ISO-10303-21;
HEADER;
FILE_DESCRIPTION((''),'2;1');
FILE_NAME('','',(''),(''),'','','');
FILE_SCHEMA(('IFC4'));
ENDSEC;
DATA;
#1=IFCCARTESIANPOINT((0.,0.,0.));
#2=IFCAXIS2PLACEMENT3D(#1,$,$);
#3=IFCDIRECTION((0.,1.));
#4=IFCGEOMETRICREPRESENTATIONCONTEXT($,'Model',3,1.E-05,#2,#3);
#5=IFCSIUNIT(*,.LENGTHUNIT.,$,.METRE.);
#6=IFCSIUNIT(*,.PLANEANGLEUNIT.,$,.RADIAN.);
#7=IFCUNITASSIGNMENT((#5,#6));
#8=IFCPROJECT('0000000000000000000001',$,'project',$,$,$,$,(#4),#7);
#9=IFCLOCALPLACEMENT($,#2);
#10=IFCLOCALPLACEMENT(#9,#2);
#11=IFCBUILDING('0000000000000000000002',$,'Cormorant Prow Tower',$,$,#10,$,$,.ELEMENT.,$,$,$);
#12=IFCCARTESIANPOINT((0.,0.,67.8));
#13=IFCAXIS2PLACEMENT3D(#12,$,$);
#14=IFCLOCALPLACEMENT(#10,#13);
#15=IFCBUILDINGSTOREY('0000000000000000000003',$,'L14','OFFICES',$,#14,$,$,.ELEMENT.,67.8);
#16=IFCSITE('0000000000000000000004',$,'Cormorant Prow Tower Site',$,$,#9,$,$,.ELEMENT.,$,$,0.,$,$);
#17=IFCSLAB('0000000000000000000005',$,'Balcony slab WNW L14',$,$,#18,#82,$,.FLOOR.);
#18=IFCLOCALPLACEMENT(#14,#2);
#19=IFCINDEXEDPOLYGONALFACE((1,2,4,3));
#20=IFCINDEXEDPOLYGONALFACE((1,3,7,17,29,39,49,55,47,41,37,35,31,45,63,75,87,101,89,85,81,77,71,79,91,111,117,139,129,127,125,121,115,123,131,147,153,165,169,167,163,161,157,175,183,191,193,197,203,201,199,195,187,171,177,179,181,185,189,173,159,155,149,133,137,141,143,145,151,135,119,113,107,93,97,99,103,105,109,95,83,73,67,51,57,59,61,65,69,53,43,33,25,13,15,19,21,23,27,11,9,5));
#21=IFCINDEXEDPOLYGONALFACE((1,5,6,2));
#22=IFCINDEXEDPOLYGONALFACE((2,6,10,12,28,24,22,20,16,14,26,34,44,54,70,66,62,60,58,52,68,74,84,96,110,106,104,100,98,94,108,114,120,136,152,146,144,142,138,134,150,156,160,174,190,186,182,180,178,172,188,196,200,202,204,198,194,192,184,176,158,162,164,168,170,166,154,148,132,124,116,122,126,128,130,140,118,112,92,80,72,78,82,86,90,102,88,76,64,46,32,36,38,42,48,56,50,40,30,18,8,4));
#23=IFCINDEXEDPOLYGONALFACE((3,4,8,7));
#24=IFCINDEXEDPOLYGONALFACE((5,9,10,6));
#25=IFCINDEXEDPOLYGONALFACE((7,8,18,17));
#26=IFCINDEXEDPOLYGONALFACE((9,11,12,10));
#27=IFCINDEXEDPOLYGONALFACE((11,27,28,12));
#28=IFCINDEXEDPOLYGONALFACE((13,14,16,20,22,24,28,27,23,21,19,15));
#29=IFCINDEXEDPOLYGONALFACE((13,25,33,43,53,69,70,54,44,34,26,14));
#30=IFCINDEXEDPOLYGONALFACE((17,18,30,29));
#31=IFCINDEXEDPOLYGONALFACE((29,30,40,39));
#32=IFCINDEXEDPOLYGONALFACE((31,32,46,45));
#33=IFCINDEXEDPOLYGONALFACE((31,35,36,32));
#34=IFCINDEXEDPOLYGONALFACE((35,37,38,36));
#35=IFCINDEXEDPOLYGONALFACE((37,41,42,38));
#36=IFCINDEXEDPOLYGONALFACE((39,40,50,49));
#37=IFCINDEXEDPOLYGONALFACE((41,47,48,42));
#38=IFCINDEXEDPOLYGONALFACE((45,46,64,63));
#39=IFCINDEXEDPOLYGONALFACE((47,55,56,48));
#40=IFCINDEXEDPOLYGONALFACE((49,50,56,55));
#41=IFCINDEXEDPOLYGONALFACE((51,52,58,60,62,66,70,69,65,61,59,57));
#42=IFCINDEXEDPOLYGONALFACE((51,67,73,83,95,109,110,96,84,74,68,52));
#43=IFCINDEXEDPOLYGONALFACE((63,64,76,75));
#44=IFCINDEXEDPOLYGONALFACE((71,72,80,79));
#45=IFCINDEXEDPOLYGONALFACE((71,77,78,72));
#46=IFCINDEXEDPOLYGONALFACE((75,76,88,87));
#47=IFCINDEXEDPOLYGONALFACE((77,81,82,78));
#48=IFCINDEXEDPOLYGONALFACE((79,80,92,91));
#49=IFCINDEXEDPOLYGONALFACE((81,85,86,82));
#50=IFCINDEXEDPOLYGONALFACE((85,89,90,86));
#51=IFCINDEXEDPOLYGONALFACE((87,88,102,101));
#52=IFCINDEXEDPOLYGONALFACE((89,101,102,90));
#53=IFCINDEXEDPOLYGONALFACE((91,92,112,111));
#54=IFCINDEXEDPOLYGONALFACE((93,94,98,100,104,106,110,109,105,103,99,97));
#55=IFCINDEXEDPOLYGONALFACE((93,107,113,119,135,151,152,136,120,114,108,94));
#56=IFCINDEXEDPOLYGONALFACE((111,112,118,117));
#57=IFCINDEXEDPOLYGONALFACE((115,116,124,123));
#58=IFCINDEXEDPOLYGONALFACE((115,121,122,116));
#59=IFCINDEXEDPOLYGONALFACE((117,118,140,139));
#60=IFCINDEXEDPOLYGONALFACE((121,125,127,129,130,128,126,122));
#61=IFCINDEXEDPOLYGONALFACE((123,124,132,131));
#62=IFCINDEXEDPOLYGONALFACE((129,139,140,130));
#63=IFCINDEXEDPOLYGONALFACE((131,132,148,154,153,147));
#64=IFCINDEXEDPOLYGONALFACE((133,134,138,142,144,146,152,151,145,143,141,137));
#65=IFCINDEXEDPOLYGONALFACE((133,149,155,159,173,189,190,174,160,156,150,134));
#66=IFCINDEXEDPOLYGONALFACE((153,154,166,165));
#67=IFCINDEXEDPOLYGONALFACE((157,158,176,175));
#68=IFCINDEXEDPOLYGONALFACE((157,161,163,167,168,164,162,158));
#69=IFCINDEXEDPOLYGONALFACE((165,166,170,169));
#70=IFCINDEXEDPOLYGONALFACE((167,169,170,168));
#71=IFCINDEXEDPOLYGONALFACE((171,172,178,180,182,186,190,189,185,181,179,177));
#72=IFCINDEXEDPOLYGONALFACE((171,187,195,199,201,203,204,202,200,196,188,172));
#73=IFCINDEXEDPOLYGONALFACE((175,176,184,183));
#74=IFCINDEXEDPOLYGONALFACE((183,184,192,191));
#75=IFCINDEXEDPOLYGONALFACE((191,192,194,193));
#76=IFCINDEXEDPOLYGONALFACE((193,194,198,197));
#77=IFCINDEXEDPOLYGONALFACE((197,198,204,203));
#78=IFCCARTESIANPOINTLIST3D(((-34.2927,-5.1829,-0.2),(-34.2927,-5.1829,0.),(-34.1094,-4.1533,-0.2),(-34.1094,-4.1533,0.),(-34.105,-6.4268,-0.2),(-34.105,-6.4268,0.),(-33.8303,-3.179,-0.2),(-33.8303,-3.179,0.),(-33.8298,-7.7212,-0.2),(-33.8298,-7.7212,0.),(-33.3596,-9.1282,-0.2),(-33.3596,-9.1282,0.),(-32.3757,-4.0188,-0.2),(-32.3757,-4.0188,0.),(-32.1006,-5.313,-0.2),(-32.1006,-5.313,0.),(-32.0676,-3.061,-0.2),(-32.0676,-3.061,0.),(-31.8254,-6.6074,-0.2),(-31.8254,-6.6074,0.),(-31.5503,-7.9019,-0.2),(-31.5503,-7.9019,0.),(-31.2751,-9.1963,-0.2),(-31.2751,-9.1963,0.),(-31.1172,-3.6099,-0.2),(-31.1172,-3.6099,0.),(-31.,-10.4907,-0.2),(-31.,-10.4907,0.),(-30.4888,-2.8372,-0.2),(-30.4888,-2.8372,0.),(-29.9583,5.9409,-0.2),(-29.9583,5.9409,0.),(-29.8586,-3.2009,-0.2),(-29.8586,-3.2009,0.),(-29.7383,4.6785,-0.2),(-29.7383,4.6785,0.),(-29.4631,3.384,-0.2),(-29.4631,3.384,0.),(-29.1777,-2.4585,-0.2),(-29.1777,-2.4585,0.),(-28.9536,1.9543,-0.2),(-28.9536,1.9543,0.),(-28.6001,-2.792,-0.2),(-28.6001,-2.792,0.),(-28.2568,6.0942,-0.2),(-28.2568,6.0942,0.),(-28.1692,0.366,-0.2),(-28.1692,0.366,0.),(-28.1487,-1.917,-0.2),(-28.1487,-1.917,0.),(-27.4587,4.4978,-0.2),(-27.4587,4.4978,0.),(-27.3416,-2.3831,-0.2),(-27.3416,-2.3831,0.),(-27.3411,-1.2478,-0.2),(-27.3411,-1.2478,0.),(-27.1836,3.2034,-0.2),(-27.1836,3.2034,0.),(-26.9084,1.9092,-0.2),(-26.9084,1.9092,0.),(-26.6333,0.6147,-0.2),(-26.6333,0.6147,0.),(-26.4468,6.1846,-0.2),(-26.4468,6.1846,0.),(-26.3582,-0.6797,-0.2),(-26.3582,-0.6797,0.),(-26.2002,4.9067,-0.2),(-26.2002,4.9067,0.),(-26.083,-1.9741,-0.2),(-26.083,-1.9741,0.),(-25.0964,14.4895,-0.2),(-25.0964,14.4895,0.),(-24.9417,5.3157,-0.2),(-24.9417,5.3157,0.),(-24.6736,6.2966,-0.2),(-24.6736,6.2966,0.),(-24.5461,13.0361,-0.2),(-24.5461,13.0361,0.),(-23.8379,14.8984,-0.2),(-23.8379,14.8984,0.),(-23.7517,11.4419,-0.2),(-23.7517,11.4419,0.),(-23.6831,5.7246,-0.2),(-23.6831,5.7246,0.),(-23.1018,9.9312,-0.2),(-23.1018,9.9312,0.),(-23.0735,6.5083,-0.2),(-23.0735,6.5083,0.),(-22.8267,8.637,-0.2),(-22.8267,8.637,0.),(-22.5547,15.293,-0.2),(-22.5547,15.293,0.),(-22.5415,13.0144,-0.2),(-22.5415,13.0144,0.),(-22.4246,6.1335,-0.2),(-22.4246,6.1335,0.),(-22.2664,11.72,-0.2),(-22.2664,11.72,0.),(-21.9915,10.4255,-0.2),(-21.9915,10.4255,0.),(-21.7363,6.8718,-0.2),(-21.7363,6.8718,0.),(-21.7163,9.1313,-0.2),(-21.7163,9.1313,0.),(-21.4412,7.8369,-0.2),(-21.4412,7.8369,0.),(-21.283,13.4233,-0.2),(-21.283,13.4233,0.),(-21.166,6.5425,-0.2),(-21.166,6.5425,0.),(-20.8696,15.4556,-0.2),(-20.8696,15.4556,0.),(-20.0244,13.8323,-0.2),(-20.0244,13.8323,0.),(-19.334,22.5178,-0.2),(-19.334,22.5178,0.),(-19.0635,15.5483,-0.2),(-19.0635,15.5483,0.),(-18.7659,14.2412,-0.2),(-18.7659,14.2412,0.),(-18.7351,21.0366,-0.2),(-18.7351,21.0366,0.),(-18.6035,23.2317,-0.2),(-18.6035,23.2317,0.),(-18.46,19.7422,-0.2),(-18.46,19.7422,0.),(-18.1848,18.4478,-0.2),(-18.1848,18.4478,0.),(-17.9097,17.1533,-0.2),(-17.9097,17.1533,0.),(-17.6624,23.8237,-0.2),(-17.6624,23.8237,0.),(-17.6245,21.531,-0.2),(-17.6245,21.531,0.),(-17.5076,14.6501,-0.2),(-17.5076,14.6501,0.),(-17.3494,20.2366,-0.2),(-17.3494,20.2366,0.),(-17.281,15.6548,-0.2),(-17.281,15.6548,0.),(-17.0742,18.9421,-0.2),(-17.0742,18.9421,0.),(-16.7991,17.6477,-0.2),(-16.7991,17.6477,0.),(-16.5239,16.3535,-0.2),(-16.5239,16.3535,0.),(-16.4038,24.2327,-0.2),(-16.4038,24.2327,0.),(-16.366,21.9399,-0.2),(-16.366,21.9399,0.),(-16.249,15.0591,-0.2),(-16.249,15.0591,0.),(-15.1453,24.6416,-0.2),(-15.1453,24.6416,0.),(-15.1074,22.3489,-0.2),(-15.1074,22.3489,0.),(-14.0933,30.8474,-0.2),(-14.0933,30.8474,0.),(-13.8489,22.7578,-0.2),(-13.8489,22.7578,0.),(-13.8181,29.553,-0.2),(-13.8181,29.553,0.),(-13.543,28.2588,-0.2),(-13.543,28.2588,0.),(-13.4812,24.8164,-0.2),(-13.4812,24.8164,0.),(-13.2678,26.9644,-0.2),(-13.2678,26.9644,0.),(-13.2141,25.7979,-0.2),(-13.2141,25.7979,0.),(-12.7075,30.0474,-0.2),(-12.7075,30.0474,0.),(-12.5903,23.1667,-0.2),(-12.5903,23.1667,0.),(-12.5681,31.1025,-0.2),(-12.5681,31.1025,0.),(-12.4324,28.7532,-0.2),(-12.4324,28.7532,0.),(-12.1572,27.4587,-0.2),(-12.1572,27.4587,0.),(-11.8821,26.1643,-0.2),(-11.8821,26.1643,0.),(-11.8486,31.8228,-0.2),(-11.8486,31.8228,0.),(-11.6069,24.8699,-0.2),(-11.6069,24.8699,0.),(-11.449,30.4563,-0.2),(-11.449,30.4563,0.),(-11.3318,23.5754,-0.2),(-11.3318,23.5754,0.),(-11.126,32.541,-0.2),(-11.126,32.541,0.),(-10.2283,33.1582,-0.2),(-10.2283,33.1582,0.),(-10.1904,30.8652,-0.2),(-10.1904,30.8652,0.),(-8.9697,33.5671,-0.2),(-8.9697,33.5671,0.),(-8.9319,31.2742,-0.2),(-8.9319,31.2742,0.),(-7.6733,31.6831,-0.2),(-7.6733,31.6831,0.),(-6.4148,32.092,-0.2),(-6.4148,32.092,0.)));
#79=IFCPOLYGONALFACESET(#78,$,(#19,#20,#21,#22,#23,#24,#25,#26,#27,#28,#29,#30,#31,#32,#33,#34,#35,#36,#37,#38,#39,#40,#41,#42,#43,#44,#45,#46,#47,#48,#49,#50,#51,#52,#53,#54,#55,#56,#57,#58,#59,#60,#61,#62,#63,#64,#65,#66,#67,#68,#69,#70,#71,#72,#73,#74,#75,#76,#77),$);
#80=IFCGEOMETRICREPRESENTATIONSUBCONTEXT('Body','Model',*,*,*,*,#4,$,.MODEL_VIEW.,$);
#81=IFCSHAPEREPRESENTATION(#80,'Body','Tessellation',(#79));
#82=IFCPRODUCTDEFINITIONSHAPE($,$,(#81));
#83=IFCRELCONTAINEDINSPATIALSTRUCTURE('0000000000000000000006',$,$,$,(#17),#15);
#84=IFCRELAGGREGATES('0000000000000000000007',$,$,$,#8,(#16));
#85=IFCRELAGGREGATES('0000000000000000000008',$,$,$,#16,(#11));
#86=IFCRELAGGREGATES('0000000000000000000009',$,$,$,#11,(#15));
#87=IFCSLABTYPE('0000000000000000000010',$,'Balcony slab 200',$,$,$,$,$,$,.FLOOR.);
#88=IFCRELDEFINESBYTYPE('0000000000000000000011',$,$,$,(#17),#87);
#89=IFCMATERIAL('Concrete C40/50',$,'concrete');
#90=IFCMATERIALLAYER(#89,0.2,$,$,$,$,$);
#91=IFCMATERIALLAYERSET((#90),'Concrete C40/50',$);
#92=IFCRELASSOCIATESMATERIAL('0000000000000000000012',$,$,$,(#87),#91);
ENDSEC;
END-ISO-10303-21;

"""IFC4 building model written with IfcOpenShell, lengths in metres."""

from ifc_helpers import new_model, si_unit, direction, frame, origin, place, context, subcontext, project, spatial, polyline, outline, extrude, material, layer, layer_set, type_object, element, save


model = new_model("IFC4")

# Units and contexts
model_context = context("Model", 3, precision=1e-05, world=origin(), true_north=direction((0.0, 1.0)))
body_context = subcontext(model_context, "Body", "Model", "MODEL_VIEW")
ifc_project = project(units=[si_unit("LENGTHUNIT", "METRE"), si_unit("PLANEANGLEUNIT", "RADIAN")], contexts=[model_context])

# Site, building, storey
site_placement = place(None, origin())
site = spatial("IfcSite", under=ifc_project, at=site_placement, Name="Cormorant Prow Tower Site", CompositionType="ELEMENT", RefElevation=0.0)
building_placement = place(site_placement, origin())
building = spatial("IfcBuilding", under=site, at=building_placement, Name="Cormorant Prow Tower", CompositionType="ELEMENT")
storey_placement = place(building_placement, frame((0.0, 0.0, 67.8)))
storey = spatial("IfcBuildingStorey", under=building, at=storey_placement, Name="L14", Description="OFFICES", CompositionType="ELEMENT", Elevation=67.8)

# Slab
ifc_material_1 = material(Name="Concrete C40/50", Category="concrete")
ifc_layer_1 = layer(ifc_material_1, 0.2)
ifc_layer_set_1 = layer_set([ifc_layer_1], Name="Concrete C40/50")
slab_type_1 = type_object("IfcSlabType", Name="Balcony slab 200", PredefinedType="FLOOR", material=ifc_layer_set_1)
slab_1_placement = place(storey_placement, frame((0.0, 0.0, -0.2)))
element("IfcSlab", 1, at=slab_1_placement, inside=storey, type_object=slab_type_1, Name="Balcony slab WNW L14", PredefinedType="FLOOR", context=body_context, shape_type="SweptSolid", body=[
    extrude(outline(polyline([(-6.4148, 32.092), (-8.9697, 33.5671), (-10.2283, 33.1582), (-11.126, 32.541), (-11.8486, 31.8228), (-12.5681, 31.1025), (-14.0933, 30.8474), (-13.8181, 29.553), (-13.543, 28.2588), (-13.2678, 26.9644), (-13.2141, 25.7979), (-13.4812, 24.8164), (-15.1453, 24.6416), (-16.4038, 24.2327), (-17.6624, 23.8237), (-18.6035, 23.2317), (-19.334, 22.5178), (-18.7351, 21.0366), (-18.46, 19.7422), (-18.1848, 18.4478), (-17.9097, 17.1533), (-17.281, 15.6548), (-19.0635, 15.5483), (-20.8696, 15.4556), (-22.5547, 15.293), (-23.8379, 14.8984), (-25.0964, 14.4895), (-24.5461, 13.0361), (-23.7517, 11.4419), (-23.1018, 9.9312), (-22.8267, 8.637), (-21.7363, 6.8718), (-23.0735, 6.5083), (-24.6736, 6.2966), (-26.4468, 6.1846), (-28.2568, 6.0942), (-29.9583, 5.9409), (-29.7383, 4.6785), (-29.4631, 3.384), (-28.9536, 1.9543), (-28.1692, 0.366), (-27.3411, -1.2478), (-28.1487, -1.917), (-29.1777, -2.4585), (-30.4888, -2.8372), (-32.0676, -3.061), (-33.8303, -3.179), (-34.1094, -4.1533), (-34.2927, -5.1829), (-34.105, -6.4268), (-33.8298, -7.7212), (-33.3596, -9.1282), (-31.0, -10.4907), (-31.2751, -9.1963), (-31.5503, -7.9019), (-31.8254, -6.6074), (-32.1006, -5.313), (-32.3757, -4.0188), (-31.1172, -3.6099), (-29.8586, -3.2009), (-28.6001, -2.792), (-27.3416, -2.3831), (-26.083, -1.9741), (-26.3582, -0.6797), (-26.6333, 0.6147), (-26.9084, 1.9092), (-27.1836, 3.2034), (-27.4587, 4.4978), (-26.2002, 4.9067), (-24.9417, 5.3157), (-23.6831, 5.7246), (-22.4246, 6.1335), (-21.166, 6.5425), (-21.4412, 7.8369), (-21.7163, 9.1313), (-21.9915, 10.4255), (-22.2664, 11.72), (-22.5415, 13.0144), (-21.283, 13.4233), (-20.0244, 13.8323), (-18.7659, 14.2412), (-17.5076, 14.6501), (-16.249, 15.0591), (-16.5239, 16.3535), (-16.7991, 17.6477), (-17.0742, 18.9421), (-17.3494, 20.2366), (-17.6245, 21.531), (-16.366, 21.9399), (-15.1074, 22.3489), (-13.8489, 22.7578), (-12.5903, 23.1667), (-11.3318, 23.5754), (-11.6069, 24.8699), (-11.8821, 26.1643), (-12.1572, 27.4587), (-12.4324, 28.7532), (-12.7075, 30.0474), (-11.449, 30.4563), (-10.1904, 30.8652), (-8.9319, 31.2742), (-7.6733, 31.6831), (-6.4148, 32.092)])), origin(), (0.0, 0.0, 1.0), 0.2),
])

save(model, "model.ifc")
